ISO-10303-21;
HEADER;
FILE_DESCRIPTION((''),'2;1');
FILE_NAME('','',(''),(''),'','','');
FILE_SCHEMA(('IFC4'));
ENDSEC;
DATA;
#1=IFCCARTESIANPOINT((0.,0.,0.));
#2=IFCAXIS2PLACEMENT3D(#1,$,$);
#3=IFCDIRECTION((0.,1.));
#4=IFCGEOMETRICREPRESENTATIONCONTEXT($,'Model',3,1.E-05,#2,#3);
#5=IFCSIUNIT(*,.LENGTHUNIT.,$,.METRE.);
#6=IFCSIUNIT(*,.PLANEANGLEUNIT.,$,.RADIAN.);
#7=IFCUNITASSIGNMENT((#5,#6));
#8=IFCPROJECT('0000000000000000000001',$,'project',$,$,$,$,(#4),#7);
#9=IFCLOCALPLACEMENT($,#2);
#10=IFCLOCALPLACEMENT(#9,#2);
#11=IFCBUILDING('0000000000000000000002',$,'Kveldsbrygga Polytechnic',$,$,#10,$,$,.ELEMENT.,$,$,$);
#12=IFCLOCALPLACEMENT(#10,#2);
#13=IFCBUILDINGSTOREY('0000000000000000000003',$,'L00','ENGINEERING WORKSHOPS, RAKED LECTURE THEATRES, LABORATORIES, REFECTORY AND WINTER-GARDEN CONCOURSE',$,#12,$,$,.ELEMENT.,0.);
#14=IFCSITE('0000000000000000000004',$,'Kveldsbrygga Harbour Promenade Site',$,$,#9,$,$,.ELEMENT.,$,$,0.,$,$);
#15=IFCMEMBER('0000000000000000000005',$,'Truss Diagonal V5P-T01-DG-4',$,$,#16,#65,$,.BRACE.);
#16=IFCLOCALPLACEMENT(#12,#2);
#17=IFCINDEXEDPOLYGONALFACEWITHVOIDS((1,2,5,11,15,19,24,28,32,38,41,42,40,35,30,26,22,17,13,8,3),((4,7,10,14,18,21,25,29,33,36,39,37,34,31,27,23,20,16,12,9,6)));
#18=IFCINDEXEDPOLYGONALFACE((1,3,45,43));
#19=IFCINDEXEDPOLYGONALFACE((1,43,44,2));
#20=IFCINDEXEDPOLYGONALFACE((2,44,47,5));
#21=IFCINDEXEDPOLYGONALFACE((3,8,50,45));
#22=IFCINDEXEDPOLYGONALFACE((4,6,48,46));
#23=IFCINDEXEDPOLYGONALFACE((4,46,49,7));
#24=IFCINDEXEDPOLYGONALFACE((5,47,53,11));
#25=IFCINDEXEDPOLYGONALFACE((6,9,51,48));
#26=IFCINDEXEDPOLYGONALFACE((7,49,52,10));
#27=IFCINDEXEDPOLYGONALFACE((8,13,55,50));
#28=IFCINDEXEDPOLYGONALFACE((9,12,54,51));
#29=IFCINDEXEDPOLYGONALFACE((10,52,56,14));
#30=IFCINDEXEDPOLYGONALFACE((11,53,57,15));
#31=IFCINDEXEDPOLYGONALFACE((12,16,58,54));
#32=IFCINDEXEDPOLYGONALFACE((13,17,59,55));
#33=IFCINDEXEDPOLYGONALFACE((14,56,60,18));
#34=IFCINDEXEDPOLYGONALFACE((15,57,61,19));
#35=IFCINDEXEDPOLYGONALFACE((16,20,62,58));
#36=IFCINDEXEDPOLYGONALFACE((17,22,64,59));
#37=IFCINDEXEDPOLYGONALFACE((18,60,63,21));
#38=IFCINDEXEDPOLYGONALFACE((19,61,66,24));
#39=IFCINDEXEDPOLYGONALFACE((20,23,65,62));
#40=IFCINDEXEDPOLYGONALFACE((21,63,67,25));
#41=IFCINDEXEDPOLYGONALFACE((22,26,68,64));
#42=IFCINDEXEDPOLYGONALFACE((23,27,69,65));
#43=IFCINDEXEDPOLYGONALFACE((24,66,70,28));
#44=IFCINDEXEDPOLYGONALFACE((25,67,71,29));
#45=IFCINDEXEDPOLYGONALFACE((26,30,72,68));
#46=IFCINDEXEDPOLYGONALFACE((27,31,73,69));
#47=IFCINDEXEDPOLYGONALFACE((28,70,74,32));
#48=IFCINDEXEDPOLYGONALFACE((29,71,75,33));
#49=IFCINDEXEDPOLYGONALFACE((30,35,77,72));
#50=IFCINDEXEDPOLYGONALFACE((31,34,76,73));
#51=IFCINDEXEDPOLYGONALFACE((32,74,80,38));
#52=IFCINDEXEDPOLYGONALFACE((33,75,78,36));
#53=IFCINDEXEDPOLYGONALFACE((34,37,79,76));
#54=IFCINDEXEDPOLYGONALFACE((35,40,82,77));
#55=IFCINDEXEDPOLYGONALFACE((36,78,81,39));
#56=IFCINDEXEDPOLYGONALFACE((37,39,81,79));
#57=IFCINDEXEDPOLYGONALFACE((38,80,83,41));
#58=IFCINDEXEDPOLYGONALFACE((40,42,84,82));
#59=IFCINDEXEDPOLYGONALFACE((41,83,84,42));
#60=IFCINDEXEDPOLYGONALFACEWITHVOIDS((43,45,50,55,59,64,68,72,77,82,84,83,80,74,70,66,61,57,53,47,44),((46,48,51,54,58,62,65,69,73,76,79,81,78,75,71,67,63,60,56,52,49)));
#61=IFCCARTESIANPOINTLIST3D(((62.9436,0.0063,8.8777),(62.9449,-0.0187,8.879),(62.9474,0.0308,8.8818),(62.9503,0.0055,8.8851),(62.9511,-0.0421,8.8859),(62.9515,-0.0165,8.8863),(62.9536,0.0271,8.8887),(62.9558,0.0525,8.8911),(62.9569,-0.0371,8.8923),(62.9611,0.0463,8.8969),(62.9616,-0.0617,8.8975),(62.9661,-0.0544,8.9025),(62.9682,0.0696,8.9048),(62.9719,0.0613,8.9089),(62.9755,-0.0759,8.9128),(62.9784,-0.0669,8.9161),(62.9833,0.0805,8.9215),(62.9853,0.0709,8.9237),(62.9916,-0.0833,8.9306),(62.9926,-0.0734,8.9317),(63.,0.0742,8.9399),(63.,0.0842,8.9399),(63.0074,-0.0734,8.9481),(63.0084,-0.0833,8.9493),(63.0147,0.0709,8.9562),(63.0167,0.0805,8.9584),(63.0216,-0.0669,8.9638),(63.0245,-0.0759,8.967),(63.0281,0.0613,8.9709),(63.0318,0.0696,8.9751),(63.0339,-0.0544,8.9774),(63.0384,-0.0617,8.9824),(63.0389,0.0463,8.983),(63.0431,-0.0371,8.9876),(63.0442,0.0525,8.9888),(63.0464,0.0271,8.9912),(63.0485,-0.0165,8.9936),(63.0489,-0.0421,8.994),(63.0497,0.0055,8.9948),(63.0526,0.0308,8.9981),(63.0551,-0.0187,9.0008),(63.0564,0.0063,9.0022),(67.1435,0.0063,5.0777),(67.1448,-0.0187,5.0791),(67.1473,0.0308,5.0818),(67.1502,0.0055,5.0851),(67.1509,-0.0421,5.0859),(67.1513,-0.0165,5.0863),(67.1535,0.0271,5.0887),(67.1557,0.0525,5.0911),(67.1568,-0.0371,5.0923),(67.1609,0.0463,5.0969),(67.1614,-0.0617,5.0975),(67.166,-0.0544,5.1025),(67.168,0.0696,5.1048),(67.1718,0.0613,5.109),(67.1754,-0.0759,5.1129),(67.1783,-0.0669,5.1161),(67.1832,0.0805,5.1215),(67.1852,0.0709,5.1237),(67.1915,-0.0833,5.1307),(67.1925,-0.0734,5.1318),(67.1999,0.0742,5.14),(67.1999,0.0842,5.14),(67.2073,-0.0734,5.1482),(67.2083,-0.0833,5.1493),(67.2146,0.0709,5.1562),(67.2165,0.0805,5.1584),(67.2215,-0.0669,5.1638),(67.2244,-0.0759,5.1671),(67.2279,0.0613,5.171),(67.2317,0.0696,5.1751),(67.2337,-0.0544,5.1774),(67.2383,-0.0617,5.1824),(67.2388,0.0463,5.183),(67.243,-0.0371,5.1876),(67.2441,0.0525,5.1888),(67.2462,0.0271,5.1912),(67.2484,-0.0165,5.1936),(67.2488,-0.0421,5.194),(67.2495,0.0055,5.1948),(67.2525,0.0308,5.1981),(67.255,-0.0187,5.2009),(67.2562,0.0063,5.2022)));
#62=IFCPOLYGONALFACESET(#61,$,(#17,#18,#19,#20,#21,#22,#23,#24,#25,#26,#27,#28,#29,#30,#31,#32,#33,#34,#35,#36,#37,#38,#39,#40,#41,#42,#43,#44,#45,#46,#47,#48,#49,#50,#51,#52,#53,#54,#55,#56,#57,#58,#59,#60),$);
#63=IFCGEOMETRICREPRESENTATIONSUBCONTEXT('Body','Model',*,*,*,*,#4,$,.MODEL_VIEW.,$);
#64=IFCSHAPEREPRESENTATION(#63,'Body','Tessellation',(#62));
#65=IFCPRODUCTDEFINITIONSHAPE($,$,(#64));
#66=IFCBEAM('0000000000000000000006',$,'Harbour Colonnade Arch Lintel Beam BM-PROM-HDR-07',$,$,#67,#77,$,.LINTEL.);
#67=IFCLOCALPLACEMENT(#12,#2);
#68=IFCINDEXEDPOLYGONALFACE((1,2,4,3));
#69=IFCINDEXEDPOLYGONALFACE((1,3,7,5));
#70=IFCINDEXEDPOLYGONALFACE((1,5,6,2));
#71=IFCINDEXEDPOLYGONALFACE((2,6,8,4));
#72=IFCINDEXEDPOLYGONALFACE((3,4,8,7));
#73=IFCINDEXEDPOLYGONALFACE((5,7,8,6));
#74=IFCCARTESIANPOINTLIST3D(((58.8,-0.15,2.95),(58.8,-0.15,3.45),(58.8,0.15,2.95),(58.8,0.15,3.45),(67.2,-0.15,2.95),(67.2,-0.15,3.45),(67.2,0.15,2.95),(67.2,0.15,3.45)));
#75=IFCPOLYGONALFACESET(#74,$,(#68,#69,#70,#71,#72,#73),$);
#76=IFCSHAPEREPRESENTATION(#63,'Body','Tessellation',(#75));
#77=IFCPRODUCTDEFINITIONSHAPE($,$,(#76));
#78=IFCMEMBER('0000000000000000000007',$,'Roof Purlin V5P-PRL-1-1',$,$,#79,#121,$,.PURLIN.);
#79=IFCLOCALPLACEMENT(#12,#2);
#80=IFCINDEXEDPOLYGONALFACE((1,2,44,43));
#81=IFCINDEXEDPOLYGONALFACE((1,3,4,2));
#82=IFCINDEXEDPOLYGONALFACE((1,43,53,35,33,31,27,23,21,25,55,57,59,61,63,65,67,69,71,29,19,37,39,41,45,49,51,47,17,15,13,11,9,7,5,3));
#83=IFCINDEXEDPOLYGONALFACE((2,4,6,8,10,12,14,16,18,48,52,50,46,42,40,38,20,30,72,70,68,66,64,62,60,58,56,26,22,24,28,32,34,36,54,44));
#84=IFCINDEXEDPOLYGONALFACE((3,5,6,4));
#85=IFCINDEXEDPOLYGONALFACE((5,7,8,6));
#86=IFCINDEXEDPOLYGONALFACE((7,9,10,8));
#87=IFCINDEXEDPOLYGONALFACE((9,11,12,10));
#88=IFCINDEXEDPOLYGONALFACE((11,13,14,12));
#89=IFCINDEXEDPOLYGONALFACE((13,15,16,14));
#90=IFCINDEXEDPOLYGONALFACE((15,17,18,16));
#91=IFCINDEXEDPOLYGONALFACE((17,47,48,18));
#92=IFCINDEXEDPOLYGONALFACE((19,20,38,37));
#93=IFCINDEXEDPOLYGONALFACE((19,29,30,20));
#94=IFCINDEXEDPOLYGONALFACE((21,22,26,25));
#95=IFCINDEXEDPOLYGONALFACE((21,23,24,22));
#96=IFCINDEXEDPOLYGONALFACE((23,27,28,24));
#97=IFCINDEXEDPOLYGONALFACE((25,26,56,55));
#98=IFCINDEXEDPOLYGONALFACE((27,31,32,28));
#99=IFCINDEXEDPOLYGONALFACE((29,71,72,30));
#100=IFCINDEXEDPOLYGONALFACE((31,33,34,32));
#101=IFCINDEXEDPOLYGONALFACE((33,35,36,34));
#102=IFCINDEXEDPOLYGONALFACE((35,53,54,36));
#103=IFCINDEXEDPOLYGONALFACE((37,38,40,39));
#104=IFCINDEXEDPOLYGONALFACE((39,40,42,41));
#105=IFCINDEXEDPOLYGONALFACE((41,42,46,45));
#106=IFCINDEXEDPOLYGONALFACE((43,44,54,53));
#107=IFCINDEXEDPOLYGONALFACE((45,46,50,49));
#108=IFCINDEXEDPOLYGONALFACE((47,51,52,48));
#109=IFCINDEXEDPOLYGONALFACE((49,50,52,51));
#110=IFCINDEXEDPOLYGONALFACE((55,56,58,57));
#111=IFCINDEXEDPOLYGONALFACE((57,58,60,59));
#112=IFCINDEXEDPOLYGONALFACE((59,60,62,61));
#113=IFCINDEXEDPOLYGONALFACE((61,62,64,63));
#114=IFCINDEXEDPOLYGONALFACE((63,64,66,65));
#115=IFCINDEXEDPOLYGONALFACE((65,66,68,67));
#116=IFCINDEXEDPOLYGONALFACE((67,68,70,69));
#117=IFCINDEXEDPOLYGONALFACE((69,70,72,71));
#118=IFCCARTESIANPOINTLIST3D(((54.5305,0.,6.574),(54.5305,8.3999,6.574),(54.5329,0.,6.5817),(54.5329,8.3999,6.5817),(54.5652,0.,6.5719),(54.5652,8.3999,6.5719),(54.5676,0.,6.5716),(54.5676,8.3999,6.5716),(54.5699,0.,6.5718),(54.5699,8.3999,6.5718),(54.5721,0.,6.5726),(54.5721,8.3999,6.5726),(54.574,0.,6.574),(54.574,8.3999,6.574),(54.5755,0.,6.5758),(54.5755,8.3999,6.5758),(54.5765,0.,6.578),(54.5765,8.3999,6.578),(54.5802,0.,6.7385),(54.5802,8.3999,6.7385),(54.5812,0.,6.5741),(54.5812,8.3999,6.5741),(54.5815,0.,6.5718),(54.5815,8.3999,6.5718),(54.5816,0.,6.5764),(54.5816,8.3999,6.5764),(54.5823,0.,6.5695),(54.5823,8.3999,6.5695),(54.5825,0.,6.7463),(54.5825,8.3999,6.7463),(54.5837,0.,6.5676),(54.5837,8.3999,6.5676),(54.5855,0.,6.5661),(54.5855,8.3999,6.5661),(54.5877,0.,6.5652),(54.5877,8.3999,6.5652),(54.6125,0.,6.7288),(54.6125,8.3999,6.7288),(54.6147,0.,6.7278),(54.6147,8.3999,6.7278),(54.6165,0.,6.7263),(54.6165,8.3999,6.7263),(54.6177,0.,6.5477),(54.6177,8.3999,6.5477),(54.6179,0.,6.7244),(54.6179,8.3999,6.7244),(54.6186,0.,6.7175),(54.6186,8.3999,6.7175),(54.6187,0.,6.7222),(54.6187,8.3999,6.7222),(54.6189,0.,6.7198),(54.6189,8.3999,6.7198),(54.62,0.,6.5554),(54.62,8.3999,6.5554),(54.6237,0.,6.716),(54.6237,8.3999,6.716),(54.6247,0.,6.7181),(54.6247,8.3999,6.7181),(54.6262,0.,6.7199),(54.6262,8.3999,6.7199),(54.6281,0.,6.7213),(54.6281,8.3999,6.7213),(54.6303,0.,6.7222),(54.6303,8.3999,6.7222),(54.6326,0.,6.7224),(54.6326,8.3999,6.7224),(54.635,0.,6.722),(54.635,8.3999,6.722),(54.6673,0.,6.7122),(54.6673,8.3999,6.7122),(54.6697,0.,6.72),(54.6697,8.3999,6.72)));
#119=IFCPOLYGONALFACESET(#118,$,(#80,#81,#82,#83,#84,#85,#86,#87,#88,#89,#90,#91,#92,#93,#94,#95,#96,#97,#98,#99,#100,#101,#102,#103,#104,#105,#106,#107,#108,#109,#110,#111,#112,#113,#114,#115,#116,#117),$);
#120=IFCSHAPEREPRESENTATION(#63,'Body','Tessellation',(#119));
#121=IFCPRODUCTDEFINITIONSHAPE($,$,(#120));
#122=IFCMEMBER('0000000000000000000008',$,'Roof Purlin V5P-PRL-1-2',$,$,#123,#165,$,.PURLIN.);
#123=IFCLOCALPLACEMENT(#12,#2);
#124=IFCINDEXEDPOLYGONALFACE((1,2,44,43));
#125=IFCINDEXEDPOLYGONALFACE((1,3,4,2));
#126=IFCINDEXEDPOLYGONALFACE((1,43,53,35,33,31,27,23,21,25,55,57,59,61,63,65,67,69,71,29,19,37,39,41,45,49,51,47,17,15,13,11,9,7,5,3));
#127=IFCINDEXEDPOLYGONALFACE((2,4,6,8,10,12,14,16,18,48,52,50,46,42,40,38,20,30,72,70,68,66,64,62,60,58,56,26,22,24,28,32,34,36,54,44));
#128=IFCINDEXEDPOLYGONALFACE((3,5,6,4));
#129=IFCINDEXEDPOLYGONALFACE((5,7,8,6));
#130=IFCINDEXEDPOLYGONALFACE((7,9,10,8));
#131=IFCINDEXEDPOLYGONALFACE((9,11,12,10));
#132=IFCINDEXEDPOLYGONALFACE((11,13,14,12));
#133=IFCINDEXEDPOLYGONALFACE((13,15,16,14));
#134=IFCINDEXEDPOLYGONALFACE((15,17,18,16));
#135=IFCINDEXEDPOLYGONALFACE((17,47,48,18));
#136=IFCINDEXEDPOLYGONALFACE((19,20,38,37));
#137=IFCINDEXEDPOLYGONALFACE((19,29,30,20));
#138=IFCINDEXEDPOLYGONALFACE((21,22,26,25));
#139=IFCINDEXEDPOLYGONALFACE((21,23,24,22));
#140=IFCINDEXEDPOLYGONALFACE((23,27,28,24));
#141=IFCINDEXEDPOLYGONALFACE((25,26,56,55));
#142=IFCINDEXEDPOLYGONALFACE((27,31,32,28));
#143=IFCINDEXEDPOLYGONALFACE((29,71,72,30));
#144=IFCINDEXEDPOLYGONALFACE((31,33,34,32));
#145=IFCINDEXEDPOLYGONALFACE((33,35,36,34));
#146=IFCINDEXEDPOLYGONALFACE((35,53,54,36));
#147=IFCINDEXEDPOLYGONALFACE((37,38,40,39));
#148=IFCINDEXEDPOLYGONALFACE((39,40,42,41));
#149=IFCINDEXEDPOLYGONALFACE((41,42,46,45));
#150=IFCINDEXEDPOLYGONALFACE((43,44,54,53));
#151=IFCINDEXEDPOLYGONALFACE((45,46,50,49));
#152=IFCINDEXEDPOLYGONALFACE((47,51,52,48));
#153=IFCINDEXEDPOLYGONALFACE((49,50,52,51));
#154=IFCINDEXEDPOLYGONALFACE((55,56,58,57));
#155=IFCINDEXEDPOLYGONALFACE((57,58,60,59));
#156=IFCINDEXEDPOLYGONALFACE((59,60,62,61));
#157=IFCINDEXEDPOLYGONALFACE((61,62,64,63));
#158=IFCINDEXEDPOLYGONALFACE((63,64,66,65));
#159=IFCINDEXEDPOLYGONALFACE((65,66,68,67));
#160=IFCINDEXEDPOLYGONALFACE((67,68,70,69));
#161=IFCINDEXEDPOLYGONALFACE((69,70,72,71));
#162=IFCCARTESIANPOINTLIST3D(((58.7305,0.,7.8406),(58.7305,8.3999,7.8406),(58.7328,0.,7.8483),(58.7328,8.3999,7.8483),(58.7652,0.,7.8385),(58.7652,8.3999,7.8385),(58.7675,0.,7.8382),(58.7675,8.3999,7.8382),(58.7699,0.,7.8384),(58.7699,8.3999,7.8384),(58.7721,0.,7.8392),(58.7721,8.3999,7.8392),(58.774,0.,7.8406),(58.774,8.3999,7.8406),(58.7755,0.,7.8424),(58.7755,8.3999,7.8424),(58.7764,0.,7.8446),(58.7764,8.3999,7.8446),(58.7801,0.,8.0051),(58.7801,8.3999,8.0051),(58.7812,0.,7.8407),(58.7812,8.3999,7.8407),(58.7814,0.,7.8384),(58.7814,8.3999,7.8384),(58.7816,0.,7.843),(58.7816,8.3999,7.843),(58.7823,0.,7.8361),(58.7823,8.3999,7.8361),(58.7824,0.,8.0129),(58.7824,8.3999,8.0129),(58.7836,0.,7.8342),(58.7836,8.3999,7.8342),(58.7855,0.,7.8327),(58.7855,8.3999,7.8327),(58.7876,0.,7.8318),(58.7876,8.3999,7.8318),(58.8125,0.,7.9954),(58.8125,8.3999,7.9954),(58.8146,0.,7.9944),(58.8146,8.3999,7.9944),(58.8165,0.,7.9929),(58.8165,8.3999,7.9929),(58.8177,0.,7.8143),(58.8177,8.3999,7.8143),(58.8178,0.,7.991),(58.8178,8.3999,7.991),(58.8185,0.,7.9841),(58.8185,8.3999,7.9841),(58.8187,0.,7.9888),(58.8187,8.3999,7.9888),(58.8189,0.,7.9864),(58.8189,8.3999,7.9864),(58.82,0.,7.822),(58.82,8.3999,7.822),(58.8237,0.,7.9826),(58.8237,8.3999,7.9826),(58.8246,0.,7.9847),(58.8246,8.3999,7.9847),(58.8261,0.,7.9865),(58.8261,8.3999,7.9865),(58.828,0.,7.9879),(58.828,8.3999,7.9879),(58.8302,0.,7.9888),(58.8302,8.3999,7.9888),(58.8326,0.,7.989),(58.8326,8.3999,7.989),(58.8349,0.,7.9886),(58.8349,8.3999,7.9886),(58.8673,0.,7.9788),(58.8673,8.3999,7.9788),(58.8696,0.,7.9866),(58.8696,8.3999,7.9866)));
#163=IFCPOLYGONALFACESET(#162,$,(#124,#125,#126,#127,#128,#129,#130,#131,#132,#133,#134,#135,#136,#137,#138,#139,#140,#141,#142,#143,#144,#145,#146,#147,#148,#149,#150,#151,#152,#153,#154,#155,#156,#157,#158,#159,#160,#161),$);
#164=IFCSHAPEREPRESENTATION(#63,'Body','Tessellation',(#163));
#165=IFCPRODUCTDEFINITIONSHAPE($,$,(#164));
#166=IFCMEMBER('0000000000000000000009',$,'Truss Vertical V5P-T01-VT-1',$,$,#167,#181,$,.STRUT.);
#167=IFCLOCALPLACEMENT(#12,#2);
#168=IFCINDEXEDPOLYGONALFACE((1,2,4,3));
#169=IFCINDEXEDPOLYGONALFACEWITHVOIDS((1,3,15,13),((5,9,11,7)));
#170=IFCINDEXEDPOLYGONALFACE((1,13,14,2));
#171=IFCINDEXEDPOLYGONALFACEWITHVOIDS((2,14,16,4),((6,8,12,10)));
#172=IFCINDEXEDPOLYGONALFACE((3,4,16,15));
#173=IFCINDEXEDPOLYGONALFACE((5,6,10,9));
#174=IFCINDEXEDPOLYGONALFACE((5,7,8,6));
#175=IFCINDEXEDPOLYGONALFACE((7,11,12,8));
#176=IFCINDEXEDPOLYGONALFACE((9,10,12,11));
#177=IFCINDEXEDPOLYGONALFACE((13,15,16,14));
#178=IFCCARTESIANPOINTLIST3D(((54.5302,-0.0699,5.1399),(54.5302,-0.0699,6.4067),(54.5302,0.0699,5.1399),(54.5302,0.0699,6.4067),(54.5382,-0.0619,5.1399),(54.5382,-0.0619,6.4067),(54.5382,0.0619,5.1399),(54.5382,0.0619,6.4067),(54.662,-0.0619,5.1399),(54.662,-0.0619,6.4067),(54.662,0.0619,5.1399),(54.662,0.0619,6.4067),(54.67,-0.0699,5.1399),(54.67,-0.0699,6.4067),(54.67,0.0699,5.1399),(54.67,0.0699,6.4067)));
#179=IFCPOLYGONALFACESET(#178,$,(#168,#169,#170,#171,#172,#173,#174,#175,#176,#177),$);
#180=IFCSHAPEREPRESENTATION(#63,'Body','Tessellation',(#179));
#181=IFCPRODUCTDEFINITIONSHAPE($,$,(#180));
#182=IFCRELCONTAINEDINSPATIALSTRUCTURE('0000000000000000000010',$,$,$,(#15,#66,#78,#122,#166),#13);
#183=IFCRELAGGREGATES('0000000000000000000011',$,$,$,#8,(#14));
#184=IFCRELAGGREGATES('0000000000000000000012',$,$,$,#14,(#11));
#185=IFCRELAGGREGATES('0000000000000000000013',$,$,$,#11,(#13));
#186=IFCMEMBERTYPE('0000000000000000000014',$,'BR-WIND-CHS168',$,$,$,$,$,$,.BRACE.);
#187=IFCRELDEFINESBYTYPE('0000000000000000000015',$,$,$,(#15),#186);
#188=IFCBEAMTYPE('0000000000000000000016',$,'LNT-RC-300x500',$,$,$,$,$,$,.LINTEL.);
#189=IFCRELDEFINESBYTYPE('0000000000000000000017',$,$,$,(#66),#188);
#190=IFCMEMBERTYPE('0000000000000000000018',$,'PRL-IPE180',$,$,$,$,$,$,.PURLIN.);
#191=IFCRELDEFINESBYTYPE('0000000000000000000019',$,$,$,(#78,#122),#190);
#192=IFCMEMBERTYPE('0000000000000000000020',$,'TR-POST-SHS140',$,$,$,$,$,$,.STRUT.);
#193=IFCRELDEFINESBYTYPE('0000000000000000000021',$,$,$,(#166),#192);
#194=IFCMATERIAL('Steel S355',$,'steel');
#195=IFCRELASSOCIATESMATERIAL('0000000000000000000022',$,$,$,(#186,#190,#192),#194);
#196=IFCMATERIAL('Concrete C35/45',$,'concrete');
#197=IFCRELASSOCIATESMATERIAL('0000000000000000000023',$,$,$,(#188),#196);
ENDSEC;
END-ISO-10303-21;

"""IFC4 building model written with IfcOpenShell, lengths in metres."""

from ifc_helpers import new_model, si_unit, direction, frame, origin, origin_2d, place, context, subcontext, project, spatial, rectangle, hollow_rectangle, hollow_circle, i_section, extrude, material, material_profile, profile_set, type_object, element, save


model = new_model("IFC4")

# Units and contexts
model_context = context("Model", 3, precision=1e-05, world=origin(), true_north=direction((0.0, 1.0)))
body_context = subcontext(model_context, "Body", "Model", "MODEL_VIEW")
ifc_project = project(units=[si_unit("LENGTHUNIT", "METRE"), si_unit("PLANEANGLEUNIT", "RADIAN")], contexts=[model_context])

# Site, building, storey
site_placement = place(None, origin())
site = spatial("IfcSite", under=ifc_project, at=site_placement, Name="Kveldsbrygga Harbour Promenade Site", CompositionType="ELEMENT", RefElevation=0.0)
building_placement = place(site_placement, origin())
building = spatial("IfcBuilding", under=site, at=building_placement, Name="Kveldsbrygga Polytechnic", CompositionType="ELEMENT")
storey_placement = place(building_placement, origin())
storey = spatial("IfcBuildingStorey", under=building, at=storey_placement, Name="L00", Description="ENGINEERING WORKSHOPS, RAKED LECTURE THEATRES, LABORATORIES, REFECTORY AND WINTER-GARDEN CONCOURSE", CompositionType="ELEMENT", Elevation=0.0)

# Shared definitions
ifc_material_1 = material(Name="Concrete C35/45", Category="concrete")

# Member
ifc_material_2 = material(Name="Steel S355", Category="steel")
ifc_material_profile_1 = material_profile(ifc_material_2, hollow_circle(Radius=0.0842, WallThickness=0.01, at=origin_2d()), Name="CHS 168.3x10.0")
ifc_profile_set_1 = profile_set([ifc_material_profile_1], Name="Steel S355")
member_type_1 = type_object("IfcMemberType", Name="BR-WIND-CHS168", PredefinedType="BRACE", material=ifc_profile_set_1)
for number, where, z_axis, x_axis, name in (
    (1, (63.0, 0.0, 8.9399), (0.741528, 0.0, -0.670922), (0.0, 1.0, 0.0), "Truss Diagonal V5P-T01-DG-4"),
):
    element("IfcMember", number, at=place(storey_placement, frame(where, z_axis=z_axis, x_axis=x_axis)), inside=storey, type_object=member_type_1, Name=name, PredefinedType="BRACE", context=body_context, shape_type="SweptSolid", body=[
        extrude(hollow_circle(Radius=0.0842, WallThickness=0.01, at=origin_2d()), origin(), (0.0, 0.0, 1.0), 5.6638),
    ])

# Beam
ifc_material_profile_2 = material_profile(ifc_material_1, rectangle(XDim=0.3, YDim=0.5, at=origin_2d()), Name="RC 300x500")
ifc_profile_set_2 = profile_set([ifc_material_profile_2], Name="Concrete C35/45")
beam_type = type_object("IfcBeamType", Name="LNT-RC-300x500", PredefinedType="LINTEL", material=ifc_profile_set_2)
beam_placement = place(storey_placement, frame((58.8, 0.0, 3.2), z_axis=(1.0, 0.0, 0.0), x_axis=(0.0, 1.0, 0.0)))
element("IfcBeam", 2, at=beam_placement, inside=storey, type_object=beam_type, Name="Harbour Colonnade Arch Lintel Beam BM-PROM-HDR-07", PredefinedType="LINTEL", context=body_context, shape_type="SweptSolid", body=[
    extrude(rectangle(XDim=0.3, YDim=0.5, at=origin_2d()), origin(), (0.0, 0.0, 1.0), 8.3999),
])

# Members
ifc_material_profile_3 = material_profile(ifc_material_2, i_section(OverallWidth=0.0911, OverallDepth=0.1799, WebThickness=0.0054, FlangeThickness=0.0081, FilletRadius=0.009, at=origin_2d()), Name="IPE 180")
ifc_profile_set_3 = profile_set([ifc_material_profile_3], Name="Steel S355")
member_type_2 = type_object("IfcMemberType", Name="PRL-IPE180", PredefinedType="PURLIN", material=ifc_profile_set_3)
for number, where, z_axis, x_axis, name in (
    (3, (54.6001, 0.0, 6.647), (0.0, 1.0, 0.0), (-0.957407, 0.0, 0.288741), "Roof Purlin V5P-PRL-1-1"),
    (4, (58.8, 0.0, 7.9136), (0.0, 1.0, 0.0), (-0.957407, 0.0, 0.288741), "Roof Purlin V5P-PRL-1-2"),
):
    element("IfcMember", number, at=place(storey_placement, frame(where, z_axis=z_axis, x_axis=x_axis)), inside=storey, type_object=member_type_2, Name=name, PredefinedType="PURLIN", context=body_context, shape_type="SweptSolid", body=[
        extrude(i_section(OverallWidth=0.0911, OverallDepth=0.1799, WebThickness=0.0054, FlangeThickness=0.0081, FilletRadius=0.009, at=origin_2d()), origin(), (0.0, 0.0, 1.0), 8.3999),
    ])
ifc_material_profile_4 = material_profile(ifc_material_2, hollow_rectangle(XDim=0.1399, YDim=0.1399, WallThickness=0.0081, at=origin_2d()), Name="SHS 140x140x8.0")
ifc_profile_set_4 = profile_set([ifc_material_profile_4], Name="Steel S355")
member_type_3 = type_object("IfcMemberType", Name="TR-POST-SHS140", PredefinedType="STRUT", material=ifc_profile_set_4)
member_1_placement = place(storey_placement, frame((54.6001, 0.0, 5.1399), z_axis=(0.0, 0.0, 1.0), x_axis=(1.0, 0.0, 0.0)))
element("IfcMember", 5, at=member_1_placement, inside=storey, type_object=member_type_3, Name="Truss Vertical V5P-T01-VT-1", PredefinedType="STRUT", context=body_context, shape_type="SweptSolid", body=[
    extrude(hollow_rectangle(XDim=0.1399, YDim=0.1399, WallThickness=0.0081, at=origin_2d()), origin(), (0.0, 0.0, 1.0), 1.2668),
])

save(model, "model.ifc")
